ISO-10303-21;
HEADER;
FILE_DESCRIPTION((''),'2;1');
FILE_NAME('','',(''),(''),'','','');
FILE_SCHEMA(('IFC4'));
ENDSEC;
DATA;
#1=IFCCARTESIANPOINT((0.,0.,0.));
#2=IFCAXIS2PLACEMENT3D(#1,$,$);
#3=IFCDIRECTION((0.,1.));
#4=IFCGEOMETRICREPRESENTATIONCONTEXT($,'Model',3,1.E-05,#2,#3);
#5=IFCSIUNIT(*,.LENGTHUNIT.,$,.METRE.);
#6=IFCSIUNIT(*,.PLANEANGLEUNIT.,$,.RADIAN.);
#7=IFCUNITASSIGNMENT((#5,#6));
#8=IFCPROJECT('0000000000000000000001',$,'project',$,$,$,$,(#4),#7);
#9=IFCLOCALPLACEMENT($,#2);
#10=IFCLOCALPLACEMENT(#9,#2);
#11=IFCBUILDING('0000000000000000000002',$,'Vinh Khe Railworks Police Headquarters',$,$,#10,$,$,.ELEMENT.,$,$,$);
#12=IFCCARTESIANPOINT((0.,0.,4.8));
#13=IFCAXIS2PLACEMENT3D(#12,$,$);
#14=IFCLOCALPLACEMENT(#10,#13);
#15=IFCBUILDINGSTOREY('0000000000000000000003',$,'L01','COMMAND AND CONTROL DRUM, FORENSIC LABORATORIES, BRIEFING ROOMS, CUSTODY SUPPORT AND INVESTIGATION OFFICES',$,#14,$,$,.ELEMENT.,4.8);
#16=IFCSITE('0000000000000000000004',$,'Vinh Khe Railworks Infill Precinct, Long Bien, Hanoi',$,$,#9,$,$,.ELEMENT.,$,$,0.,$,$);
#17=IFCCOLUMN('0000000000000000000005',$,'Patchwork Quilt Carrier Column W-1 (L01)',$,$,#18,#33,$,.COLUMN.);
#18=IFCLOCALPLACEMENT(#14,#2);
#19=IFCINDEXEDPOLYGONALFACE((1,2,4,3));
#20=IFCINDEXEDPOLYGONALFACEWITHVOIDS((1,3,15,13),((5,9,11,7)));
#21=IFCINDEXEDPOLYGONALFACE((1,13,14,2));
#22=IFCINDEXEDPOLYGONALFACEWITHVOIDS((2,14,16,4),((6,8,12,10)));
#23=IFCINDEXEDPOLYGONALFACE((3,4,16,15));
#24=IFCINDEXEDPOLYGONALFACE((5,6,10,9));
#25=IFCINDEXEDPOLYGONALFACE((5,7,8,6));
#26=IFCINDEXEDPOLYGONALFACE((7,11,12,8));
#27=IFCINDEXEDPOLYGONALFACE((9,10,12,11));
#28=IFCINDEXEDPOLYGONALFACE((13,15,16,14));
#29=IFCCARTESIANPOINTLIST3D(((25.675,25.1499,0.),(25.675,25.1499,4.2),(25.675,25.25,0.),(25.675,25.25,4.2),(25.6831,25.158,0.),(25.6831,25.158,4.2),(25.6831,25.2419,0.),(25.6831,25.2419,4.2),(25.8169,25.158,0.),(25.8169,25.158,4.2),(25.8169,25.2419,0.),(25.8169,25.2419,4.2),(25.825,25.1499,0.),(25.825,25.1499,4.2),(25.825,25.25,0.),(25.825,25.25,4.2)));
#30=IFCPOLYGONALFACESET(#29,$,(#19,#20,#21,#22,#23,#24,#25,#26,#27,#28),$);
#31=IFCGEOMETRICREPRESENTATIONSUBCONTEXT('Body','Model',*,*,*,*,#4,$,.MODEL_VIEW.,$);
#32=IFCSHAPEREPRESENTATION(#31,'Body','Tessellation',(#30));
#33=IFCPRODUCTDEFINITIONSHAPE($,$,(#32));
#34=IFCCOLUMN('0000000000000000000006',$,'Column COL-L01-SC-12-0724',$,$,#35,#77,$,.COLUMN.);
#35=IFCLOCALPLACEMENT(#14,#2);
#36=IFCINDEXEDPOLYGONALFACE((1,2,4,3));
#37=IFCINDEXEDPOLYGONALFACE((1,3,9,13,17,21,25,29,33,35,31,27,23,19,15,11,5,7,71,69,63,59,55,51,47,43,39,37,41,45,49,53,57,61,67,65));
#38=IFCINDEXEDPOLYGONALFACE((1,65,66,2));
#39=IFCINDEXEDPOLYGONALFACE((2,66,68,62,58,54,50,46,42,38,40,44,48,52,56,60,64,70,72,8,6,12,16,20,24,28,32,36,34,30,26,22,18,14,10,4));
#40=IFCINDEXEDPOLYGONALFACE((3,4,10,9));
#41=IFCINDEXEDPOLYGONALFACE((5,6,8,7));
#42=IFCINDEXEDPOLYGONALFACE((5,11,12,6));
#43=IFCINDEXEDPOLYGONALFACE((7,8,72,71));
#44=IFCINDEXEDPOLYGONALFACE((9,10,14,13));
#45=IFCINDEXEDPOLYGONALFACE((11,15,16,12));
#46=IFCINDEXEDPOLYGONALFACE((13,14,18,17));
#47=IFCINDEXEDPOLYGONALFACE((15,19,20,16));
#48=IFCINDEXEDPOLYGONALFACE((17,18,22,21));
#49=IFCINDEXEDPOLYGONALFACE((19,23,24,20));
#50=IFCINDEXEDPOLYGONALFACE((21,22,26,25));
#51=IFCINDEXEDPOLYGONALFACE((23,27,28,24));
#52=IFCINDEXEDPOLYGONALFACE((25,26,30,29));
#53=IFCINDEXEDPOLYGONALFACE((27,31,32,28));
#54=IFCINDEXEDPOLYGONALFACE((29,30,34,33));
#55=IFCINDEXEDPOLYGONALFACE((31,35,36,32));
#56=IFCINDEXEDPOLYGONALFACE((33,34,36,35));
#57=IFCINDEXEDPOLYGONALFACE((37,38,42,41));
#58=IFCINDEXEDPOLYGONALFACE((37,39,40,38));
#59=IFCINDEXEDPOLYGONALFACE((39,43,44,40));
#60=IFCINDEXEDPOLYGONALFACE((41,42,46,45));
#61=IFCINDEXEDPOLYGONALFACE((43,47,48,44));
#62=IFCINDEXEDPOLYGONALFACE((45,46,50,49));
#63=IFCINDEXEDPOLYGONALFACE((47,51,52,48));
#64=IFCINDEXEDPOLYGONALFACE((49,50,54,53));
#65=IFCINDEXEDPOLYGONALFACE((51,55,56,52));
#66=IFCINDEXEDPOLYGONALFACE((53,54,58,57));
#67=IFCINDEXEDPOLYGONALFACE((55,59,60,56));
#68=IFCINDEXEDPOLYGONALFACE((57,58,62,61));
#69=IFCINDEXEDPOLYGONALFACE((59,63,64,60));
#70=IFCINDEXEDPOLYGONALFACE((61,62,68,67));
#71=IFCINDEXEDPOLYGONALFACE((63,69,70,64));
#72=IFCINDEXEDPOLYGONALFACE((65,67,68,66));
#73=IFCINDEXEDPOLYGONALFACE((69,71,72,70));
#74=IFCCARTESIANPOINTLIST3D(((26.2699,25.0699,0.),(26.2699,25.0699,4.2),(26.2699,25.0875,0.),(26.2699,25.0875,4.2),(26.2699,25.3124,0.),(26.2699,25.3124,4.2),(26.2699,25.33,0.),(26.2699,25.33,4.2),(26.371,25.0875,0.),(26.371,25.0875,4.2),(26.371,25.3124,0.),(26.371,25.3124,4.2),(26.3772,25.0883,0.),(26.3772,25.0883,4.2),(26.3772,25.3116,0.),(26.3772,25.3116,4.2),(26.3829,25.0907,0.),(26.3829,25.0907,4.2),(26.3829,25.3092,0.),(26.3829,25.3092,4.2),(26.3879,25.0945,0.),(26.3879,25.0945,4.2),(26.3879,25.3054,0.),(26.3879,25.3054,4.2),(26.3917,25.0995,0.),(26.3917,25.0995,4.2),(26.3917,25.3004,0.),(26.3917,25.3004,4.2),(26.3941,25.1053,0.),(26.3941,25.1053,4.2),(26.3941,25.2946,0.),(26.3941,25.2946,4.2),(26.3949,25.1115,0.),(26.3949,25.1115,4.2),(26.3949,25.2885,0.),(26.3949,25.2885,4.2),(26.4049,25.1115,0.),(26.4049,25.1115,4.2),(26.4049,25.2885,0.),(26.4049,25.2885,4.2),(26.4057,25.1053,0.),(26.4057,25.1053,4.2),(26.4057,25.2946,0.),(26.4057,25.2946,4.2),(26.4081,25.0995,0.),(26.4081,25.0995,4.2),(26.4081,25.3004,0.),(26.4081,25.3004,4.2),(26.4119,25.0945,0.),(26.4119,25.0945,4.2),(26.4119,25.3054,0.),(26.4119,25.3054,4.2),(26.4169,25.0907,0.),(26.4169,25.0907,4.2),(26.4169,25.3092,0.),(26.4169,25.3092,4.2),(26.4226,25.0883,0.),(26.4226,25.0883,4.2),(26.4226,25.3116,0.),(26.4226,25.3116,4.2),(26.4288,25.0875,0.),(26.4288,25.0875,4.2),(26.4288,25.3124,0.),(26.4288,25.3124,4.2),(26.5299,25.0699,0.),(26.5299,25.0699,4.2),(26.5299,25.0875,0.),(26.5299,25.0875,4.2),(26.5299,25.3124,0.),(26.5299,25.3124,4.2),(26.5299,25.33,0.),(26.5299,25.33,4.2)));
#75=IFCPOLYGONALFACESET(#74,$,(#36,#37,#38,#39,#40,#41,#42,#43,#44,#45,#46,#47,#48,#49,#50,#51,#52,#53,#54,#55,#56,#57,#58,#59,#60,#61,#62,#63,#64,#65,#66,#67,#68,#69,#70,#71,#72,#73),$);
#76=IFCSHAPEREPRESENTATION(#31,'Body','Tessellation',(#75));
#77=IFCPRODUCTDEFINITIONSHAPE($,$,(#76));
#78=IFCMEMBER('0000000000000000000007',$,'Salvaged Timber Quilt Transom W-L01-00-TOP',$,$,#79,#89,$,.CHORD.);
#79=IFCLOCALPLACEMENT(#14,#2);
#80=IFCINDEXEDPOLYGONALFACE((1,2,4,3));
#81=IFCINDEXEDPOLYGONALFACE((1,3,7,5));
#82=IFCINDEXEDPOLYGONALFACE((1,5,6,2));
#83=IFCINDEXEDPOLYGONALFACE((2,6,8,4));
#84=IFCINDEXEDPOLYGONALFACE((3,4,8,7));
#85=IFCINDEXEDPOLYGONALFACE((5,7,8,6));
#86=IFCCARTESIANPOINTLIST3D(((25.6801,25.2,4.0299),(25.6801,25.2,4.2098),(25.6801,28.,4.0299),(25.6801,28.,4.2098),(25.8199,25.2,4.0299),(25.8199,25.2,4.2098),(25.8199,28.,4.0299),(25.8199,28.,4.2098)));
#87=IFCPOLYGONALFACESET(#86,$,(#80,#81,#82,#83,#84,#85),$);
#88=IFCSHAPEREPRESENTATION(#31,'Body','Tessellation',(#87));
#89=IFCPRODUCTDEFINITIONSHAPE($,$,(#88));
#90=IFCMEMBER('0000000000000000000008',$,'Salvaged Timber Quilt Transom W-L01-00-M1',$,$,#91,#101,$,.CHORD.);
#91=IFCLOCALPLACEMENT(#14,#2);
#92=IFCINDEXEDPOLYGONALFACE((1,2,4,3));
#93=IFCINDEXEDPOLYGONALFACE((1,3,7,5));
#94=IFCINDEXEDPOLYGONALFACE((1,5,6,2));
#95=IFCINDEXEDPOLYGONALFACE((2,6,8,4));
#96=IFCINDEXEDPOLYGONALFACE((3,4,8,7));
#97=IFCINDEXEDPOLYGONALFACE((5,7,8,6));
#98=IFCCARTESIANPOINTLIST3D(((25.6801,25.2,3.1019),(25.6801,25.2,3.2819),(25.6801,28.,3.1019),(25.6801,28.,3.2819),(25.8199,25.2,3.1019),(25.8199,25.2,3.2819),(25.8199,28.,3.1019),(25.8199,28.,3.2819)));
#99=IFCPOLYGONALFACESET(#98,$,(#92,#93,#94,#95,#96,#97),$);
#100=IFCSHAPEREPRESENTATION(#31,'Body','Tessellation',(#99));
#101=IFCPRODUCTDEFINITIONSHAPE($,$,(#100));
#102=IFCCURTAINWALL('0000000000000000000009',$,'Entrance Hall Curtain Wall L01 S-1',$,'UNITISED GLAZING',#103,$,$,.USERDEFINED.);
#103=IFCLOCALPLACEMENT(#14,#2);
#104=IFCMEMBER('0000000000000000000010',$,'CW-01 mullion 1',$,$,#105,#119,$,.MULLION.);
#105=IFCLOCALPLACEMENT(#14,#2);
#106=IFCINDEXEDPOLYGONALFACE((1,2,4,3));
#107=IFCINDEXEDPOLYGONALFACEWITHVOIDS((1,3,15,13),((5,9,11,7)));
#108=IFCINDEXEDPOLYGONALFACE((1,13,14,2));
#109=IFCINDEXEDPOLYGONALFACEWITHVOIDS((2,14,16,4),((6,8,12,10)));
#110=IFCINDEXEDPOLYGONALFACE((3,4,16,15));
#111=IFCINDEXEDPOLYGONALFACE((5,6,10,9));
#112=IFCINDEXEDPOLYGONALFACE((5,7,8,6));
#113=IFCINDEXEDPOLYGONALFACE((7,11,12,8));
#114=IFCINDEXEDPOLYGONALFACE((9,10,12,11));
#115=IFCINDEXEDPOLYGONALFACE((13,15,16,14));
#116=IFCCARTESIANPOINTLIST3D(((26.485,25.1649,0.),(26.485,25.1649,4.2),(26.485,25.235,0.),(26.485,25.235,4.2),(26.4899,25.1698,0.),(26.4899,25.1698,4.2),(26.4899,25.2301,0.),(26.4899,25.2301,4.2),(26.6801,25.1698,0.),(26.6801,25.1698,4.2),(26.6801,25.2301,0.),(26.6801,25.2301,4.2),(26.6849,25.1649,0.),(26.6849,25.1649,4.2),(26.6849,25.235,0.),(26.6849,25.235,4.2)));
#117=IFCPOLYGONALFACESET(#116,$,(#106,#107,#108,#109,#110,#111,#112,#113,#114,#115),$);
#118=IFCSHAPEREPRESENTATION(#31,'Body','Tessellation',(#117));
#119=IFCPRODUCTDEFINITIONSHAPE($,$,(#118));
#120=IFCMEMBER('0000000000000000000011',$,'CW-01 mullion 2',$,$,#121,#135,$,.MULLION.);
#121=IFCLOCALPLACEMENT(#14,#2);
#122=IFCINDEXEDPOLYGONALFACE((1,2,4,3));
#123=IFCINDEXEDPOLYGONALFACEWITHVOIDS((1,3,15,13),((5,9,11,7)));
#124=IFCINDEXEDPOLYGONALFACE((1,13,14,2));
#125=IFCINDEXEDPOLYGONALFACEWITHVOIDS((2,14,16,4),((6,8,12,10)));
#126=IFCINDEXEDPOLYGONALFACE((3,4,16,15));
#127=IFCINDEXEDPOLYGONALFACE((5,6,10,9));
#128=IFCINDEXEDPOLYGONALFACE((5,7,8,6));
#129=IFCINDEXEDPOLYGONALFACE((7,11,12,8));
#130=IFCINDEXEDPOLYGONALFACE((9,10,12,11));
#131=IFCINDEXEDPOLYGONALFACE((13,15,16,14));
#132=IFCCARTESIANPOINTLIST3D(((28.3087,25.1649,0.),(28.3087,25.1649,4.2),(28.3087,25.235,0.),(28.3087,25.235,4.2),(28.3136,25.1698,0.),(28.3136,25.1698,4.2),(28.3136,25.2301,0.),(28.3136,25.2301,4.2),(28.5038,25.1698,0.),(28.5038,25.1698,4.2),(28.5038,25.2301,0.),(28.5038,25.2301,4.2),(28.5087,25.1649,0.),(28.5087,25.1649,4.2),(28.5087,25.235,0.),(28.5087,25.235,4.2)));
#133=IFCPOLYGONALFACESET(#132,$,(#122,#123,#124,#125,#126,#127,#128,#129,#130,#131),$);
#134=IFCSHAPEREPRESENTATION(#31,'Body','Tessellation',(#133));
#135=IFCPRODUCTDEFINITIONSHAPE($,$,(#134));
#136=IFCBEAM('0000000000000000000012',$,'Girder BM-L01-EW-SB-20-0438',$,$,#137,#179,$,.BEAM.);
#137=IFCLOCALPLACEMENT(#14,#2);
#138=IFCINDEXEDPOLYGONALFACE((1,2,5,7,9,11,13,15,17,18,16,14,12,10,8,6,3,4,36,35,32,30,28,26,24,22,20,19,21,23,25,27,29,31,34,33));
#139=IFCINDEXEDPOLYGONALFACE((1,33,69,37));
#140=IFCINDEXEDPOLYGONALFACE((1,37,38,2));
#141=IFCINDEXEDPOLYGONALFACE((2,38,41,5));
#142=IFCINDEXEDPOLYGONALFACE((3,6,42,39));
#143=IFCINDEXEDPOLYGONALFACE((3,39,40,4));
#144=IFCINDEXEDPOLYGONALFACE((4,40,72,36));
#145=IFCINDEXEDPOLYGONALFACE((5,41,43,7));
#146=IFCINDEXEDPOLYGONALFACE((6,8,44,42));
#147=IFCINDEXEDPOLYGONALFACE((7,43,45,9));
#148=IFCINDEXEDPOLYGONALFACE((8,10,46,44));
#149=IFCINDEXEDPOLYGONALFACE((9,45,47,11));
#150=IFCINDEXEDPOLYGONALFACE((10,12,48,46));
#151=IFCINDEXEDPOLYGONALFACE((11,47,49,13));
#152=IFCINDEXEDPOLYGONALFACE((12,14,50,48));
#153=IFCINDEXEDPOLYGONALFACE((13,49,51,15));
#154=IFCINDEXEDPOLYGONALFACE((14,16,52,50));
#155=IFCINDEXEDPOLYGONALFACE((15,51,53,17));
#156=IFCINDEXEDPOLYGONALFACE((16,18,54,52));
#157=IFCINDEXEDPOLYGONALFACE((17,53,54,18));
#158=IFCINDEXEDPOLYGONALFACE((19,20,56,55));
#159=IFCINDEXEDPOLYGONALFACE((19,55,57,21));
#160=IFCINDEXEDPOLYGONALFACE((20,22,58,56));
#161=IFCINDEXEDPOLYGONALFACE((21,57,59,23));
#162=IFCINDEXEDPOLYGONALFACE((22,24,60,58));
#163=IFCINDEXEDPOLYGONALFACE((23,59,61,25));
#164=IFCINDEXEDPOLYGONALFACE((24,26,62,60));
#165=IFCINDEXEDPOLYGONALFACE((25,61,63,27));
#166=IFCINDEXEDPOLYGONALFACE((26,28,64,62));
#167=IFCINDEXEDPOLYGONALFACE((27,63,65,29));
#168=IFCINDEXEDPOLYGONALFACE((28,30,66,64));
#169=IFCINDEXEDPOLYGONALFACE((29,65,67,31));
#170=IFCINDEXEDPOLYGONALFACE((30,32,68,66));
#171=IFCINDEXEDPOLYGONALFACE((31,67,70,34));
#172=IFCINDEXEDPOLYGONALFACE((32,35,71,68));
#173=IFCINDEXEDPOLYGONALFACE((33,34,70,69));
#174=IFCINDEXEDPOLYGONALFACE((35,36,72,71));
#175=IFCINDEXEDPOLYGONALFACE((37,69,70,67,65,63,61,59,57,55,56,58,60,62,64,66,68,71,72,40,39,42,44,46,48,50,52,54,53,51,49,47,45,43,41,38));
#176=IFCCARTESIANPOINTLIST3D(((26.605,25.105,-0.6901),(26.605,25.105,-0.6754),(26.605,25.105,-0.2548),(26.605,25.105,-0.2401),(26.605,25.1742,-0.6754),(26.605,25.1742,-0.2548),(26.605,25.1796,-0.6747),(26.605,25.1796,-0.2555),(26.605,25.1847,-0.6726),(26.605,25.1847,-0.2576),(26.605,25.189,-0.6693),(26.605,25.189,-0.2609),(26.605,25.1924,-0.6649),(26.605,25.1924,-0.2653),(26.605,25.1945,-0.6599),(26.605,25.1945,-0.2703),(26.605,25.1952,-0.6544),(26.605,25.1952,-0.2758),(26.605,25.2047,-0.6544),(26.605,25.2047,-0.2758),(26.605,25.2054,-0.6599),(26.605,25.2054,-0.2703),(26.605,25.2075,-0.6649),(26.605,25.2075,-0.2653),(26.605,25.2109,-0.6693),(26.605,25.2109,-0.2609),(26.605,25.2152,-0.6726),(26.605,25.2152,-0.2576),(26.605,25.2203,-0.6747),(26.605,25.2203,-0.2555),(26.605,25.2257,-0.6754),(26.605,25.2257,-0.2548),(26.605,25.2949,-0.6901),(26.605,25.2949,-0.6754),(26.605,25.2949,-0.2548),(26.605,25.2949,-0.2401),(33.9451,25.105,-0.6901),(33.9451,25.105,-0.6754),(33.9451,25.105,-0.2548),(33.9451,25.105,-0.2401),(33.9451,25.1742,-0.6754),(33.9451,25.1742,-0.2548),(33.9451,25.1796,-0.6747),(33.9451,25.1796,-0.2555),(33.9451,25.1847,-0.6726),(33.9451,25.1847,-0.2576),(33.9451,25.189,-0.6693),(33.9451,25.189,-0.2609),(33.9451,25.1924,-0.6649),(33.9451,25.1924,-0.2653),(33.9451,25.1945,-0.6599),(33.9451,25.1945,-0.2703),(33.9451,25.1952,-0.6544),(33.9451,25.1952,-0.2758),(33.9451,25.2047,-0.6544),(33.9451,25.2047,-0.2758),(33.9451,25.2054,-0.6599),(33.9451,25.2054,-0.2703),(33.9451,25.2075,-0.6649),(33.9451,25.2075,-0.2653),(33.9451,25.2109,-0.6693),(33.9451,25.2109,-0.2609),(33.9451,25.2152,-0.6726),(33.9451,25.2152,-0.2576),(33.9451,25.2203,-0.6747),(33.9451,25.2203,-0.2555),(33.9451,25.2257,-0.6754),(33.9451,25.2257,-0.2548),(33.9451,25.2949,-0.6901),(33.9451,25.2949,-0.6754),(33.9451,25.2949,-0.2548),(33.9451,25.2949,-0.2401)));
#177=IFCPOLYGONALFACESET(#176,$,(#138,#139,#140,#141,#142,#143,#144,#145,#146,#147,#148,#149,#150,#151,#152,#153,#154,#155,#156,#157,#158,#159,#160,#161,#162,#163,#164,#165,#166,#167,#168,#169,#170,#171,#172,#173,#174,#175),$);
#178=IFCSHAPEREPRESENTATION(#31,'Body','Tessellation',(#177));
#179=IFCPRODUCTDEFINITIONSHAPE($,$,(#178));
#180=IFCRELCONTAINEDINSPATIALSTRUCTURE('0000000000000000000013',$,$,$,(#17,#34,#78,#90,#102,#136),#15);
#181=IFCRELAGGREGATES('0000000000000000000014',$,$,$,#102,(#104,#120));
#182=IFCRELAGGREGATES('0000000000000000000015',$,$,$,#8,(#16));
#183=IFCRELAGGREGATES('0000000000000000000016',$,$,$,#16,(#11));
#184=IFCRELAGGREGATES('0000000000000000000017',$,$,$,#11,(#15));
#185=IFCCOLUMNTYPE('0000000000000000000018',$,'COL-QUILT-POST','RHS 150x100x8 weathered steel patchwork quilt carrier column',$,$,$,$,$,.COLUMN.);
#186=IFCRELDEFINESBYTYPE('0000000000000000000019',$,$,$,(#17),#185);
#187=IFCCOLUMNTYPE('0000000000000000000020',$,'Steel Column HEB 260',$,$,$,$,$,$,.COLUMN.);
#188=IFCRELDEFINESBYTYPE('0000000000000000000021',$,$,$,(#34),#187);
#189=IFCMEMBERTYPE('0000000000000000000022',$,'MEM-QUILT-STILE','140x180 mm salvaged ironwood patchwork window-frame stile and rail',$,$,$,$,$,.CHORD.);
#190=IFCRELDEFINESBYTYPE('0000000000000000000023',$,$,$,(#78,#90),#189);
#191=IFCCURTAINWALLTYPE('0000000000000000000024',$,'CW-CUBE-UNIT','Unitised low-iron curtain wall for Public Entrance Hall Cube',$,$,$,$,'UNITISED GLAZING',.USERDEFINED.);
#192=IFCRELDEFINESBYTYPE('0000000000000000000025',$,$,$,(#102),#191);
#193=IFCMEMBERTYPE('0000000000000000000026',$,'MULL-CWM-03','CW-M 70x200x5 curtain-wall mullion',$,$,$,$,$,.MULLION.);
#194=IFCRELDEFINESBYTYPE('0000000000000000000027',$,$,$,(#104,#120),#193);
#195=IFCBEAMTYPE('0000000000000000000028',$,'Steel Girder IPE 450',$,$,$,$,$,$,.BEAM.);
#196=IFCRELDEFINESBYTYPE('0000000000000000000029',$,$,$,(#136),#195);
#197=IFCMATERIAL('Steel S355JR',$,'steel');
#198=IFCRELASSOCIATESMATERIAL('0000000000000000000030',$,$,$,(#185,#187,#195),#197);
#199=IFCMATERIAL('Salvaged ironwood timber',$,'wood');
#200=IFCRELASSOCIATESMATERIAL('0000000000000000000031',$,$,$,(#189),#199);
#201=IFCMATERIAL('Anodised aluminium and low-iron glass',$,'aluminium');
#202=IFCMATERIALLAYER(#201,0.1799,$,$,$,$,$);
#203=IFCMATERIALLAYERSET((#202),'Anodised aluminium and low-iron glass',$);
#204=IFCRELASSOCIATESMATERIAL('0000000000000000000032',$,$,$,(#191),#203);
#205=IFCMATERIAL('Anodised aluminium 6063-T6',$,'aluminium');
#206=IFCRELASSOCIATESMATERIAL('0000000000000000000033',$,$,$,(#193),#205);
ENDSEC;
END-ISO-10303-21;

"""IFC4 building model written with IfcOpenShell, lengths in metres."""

from ifc_helpers import new_model, si_unit, direction, frame, origin, origin_2d, place, context, subcontext, project, spatial, rectangle, hollow_rectangle, i_section, extrude, material, layer, layer_set, material_profile, profile_set, type_object, element, aggregate, save


model = new_model("IFC4")

# Units and contexts
model_context = context("Model", 3, precision=1e-05, world=origin(), true_north=direction((0.0, 1.0)))
body_context = subcontext(model_context, "Body", "Model", "MODEL_VIEW")
ifc_project = project(units=[si_unit("LENGTHUNIT", "METRE"), si_unit("PLANEANGLEUNIT", "RADIAN")], contexts=[model_context])

# Site, building, storey
site_placement = place(None, origin())
site = spatial("IfcSite", under=ifc_project, at=site_placement, Name="Vinh Khe Railworks Infill Precinct, Long Bien, Hanoi", CompositionType="ELEMENT", RefElevation=0.0)
building_placement = place(site_placement, origin())
building = spatial("IfcBuilding", under=site, at=building_placement, Name="Vinh Khe Railworks Police Headquarters", CompositionType="ELEMENT")
storey_placement = place(building_placement, frame((0.0, 0.0, 4.8)))
storey = spatial("IfcBuildingStorey", under=building, at=storey_placement, Name="L01", Description="COMMAND AND CONTROL DRUM, FORENSIC LABORATORIES, BRIEFING ROOMS, CUSTODY SUPPORT AND INVESTIGATION OFFICES", CompositionType="ELEMENT", Elevation=4.8)

# Columns
ifc_material_1 = material(Name="Steel S355JR", Category="steel")
ifc_material_profile_1 = material_profile(ifc_material_1, hollow_rectangle(XDim=0.1499, YDim=0.1001, WallThickness=0.0081, at=origin_2d()), Name="RHS 150x100x8")
ifc_profile_set_1 = profile_set([ifc_material_profile_1], Name="Steel S355JR")
column_type_1 = type_object("IfcColumnType", Name="COL-QUILT-POST", Description="RHS 150x100x8 weathered steel patchwork quilt carrier column", PredefinedType="COLUMN", material=ifc_profile_set_1)
column_1_placement = place(storey_placement, frame((25.75, 25.2, 0.0), z_axis=(0.0, 0.0, 1.0), x_axis=(1.0, 0.0, 0.0)))
element("IfcColumn", 1, at=column_1_placement, inside=storey, type_object=column_type_1, Name="Patchwork Quilt Carrier Column W-1 (L01)", PredefinedType="COLUMN", context=body_context, shape_type="SweptSolid", body=[
    extrude(hollow_rectangle(XDim=0.1499, YDim=0.1001, WallThickness=0.0081, at=origin_2d()), origin(), (0.0, 0.0, 1.0), 4.2),
])
ifc_material_profile_2 = material_profile(ifc_material_1, i_section(OverallWidth=0.26, OverallDepth=0.26, WebThickness=0.01, FlangeThickness=0.0176, FilletRadius=0.0239, at=origin_2d()), Name="HEB 260")
ifc_profile_set_2 = profile_set([ifc_material_profile_2], Name="Steel S355JR")
column_type_2 = type_object("IfcColumnType", Name="Steel Column HEB 260", PredefinedType="COLUMN", material=ifc_profile_set_2)
column_2_placement = place(storey_placement, frame((26.3999, 25.2, 0.0), z_axis=(0.0, 0.0, 1.0), x_axis=(1.0, 0.0, 0.0)))
element("IfcColumn", 2, at=column_2_placement, inside=storey, type_object=column_type_2, Name="Column COL-L01-SC-12-0724", PredefinedType="COLUMN", context=body_context, shape_type="SweptSolid", body=[
    extrude(i_section(OverallWidth=0.26, OverallDepth=0.26, WebThickness=0.01, FlangeThickness=0.0176, FilletRadius=0.0239, at=origin_2d()), origin(), (0.0, 0.0, 1.0), 4.2),
])

# Members
ifc_material_2 = material(Name="Salvaged ironwood timber", Category="wood")
ifc_material_profile_3 = material_profile(ifc_material_2, rectangle(XDim=0.1399, YDim=0.1799, at=origin_2d()), Name="TIMBER 140x180")
ifc_profile_set_3 = profile_set([ifc_material_profile_3], Name="Salvaged ironwood timber")
member_type_1 = type_object("IfcMemberType", Name="MEM-QUILT-STILE", Description="140x180 mm salvaged ironwood patchwork window-frame stile and rail", PredefinedType="CHORD", material=ifc_profile_set_3)
for number, where, z_axis, x_axis, name in (
    (3, (25.75, 25.2, 4.1199), (0.0, 1.0, 0.0), (-1.0, 0.0, 0.0), "Salvaged Timber Quilt Transom W-L01-00-TOP"),
    (4, (25.75, 25.2, 3.1919), (0.0, 1.0, 0.0), (-1.0, 0.0, 0.0), "Salvaged Timber Quilt Transom W-L01-00-M1"),
):
    element("IfcMember", number, at=place(storey_placement, frame(where, z_axis=z_axis, x_axis=x_axis)), inside=storey, type_object=member_type_1, Name=name, PredefinedType="CHORD", context=body_context, shape_type="SweptSolid", body=[
        extrude(rectangle(XDim=0.1399, YDim=0.1799, at=origin_2d()), origin(), (0.0, 0.0, 1.0), 2.8),
    ])

# Curtain wall, members
ifc_material_3 = material(Name="Anodised aluminium and low-iron glass", Category="aluminium")
ifc_layer_1 = layer(ifc_material_3, 0.1799)
ifc_layer_set_1 = layer_set([ifc_layer_1], Name="Anodised aluminium and low-iron glass")
curtain_wall_type = type_object("IfcCurtainWallType", Name="CW-CUBE-UNIT", Description="Unitised low-iron curtain wall for Public Entrance Hall Cube", ElementType="UNITISED GLAZING", PredefinedType="USERDEFINED", material=ifc_layer_set_1)
curtain_wall_placement = place(storey_placement, origin())
curtain_wall = element("IfcCurtainWall", 5, at=curtain_wall_placement, inside=storey, type_object=curtain_wall_type, Name="Entrance Hall Curtain Wall L01 S-1", ObjectType="UNITISED GLAZING", PredefinedType="USERDEFINED")
ifc_material_4 = material(Name="Anodised aluminium 6063-T6", Category="aluminium")
ifc_material_profile_4 = material_profile(ifc_material_4, hollow_rectangle(XDim=0.0701, YDim=0.2, WallThickness=0.0049, at=origin_2d()), Name="CW-M 70x200x5")
ifc_profile_set_4 = profile_set([ifc_material_profile_4], Name="Anodised aluminium 6063-T6")
member_type_2 = type_object("IfcMemberType", Name="MULL-CWM-03", Description="CW-M 70x200x5 curtain-wall mullion", PredefinedType="MULLION", material=ifc_profile_set_4)
member_1_placement = place(storey_placement, frame((26.585, 25.2, 0.0), z_axis=(0.0, 0.0, 1.0), x_axis=(0.0, 1.0, 0.0)))
member_1 = element("IfcMember", 6, at=member_1_placement, type_object=member_type_2, Name="CW-01 mullion 1", PredefinedType="MULLION", context=body_context, shape_type="SweptSolid", body=[
    extrude(hollow_rectangle(XDim=0.0701, YDim=0.2, WallThickness=0.0049, at=origin_2d()), origin(), (0.0, 0.0, 1.0), 4.2),
])
member_2_placement = place(storey_placement, frame((28.4087, 25.2, 0.0), z_axis=(0.0, 0.0, 1.0), x_axis=(0.0, 1.0, 0.0)))
member_2 = element("IfcMember", 7, at=member_2_placement, type_object=member_type_2, Name="CW-01 mullion 2", PredefinedType="MULLION", context=body_context, shape_type="SweptSolid", body=[
    extrude(hollow_rectangle(XDim=0.0701, YDim=0.2, WallThickness=0.0049, at=origin_2d()), origin(), (0.0, 0.0, 1.0), 4.2),
])

# Beam
ifc_material_profile_5 = material_profile(ifc_material_1, i_section(OverallWidth=0.1899, OverallDepth=0.45, WebThickness=0.0095, FlangeThickness=0.0146, FilletRadius=0.021, at=origin_2d()), Name="IPE 450")
ifc_profile_set_5 = profile_set([ifc_material_profile_5], Name="Steel S355JR")
beam_type = type_object("IfcBeamType", Name="Steel Girder IPE 450", PredefinedType="BEAM", material=ifc_profile_set_5)
beam_placement = place(storey_placement, frame((26.605, 25.2, -0.4651), z_axis=(1.0, 0.0, 0.0), x_axis=(0.0, 1.0, 0.0)))
element("IfcBeam", 8, at=beam_placement, inside=storey, type_object=beam_type, Name="Girder BM-L01-EW-SB-20-0438", PredefinedType="BEAM", context=body_context, shape_type="SweptSolid", body=[
    extrude(i_section(OverallWidth=0.1899, OverallDepth=0.45, WebThickness=0.0095, FlangeThickness=0.0146, FilletRadius=0.021, at=origin_2d()), origin(), (0.0, 0.0, 1.0), 7.3401),
])

aggregate(curtain_wall, [member_1, member_2])

save(model, "model.ifc")
